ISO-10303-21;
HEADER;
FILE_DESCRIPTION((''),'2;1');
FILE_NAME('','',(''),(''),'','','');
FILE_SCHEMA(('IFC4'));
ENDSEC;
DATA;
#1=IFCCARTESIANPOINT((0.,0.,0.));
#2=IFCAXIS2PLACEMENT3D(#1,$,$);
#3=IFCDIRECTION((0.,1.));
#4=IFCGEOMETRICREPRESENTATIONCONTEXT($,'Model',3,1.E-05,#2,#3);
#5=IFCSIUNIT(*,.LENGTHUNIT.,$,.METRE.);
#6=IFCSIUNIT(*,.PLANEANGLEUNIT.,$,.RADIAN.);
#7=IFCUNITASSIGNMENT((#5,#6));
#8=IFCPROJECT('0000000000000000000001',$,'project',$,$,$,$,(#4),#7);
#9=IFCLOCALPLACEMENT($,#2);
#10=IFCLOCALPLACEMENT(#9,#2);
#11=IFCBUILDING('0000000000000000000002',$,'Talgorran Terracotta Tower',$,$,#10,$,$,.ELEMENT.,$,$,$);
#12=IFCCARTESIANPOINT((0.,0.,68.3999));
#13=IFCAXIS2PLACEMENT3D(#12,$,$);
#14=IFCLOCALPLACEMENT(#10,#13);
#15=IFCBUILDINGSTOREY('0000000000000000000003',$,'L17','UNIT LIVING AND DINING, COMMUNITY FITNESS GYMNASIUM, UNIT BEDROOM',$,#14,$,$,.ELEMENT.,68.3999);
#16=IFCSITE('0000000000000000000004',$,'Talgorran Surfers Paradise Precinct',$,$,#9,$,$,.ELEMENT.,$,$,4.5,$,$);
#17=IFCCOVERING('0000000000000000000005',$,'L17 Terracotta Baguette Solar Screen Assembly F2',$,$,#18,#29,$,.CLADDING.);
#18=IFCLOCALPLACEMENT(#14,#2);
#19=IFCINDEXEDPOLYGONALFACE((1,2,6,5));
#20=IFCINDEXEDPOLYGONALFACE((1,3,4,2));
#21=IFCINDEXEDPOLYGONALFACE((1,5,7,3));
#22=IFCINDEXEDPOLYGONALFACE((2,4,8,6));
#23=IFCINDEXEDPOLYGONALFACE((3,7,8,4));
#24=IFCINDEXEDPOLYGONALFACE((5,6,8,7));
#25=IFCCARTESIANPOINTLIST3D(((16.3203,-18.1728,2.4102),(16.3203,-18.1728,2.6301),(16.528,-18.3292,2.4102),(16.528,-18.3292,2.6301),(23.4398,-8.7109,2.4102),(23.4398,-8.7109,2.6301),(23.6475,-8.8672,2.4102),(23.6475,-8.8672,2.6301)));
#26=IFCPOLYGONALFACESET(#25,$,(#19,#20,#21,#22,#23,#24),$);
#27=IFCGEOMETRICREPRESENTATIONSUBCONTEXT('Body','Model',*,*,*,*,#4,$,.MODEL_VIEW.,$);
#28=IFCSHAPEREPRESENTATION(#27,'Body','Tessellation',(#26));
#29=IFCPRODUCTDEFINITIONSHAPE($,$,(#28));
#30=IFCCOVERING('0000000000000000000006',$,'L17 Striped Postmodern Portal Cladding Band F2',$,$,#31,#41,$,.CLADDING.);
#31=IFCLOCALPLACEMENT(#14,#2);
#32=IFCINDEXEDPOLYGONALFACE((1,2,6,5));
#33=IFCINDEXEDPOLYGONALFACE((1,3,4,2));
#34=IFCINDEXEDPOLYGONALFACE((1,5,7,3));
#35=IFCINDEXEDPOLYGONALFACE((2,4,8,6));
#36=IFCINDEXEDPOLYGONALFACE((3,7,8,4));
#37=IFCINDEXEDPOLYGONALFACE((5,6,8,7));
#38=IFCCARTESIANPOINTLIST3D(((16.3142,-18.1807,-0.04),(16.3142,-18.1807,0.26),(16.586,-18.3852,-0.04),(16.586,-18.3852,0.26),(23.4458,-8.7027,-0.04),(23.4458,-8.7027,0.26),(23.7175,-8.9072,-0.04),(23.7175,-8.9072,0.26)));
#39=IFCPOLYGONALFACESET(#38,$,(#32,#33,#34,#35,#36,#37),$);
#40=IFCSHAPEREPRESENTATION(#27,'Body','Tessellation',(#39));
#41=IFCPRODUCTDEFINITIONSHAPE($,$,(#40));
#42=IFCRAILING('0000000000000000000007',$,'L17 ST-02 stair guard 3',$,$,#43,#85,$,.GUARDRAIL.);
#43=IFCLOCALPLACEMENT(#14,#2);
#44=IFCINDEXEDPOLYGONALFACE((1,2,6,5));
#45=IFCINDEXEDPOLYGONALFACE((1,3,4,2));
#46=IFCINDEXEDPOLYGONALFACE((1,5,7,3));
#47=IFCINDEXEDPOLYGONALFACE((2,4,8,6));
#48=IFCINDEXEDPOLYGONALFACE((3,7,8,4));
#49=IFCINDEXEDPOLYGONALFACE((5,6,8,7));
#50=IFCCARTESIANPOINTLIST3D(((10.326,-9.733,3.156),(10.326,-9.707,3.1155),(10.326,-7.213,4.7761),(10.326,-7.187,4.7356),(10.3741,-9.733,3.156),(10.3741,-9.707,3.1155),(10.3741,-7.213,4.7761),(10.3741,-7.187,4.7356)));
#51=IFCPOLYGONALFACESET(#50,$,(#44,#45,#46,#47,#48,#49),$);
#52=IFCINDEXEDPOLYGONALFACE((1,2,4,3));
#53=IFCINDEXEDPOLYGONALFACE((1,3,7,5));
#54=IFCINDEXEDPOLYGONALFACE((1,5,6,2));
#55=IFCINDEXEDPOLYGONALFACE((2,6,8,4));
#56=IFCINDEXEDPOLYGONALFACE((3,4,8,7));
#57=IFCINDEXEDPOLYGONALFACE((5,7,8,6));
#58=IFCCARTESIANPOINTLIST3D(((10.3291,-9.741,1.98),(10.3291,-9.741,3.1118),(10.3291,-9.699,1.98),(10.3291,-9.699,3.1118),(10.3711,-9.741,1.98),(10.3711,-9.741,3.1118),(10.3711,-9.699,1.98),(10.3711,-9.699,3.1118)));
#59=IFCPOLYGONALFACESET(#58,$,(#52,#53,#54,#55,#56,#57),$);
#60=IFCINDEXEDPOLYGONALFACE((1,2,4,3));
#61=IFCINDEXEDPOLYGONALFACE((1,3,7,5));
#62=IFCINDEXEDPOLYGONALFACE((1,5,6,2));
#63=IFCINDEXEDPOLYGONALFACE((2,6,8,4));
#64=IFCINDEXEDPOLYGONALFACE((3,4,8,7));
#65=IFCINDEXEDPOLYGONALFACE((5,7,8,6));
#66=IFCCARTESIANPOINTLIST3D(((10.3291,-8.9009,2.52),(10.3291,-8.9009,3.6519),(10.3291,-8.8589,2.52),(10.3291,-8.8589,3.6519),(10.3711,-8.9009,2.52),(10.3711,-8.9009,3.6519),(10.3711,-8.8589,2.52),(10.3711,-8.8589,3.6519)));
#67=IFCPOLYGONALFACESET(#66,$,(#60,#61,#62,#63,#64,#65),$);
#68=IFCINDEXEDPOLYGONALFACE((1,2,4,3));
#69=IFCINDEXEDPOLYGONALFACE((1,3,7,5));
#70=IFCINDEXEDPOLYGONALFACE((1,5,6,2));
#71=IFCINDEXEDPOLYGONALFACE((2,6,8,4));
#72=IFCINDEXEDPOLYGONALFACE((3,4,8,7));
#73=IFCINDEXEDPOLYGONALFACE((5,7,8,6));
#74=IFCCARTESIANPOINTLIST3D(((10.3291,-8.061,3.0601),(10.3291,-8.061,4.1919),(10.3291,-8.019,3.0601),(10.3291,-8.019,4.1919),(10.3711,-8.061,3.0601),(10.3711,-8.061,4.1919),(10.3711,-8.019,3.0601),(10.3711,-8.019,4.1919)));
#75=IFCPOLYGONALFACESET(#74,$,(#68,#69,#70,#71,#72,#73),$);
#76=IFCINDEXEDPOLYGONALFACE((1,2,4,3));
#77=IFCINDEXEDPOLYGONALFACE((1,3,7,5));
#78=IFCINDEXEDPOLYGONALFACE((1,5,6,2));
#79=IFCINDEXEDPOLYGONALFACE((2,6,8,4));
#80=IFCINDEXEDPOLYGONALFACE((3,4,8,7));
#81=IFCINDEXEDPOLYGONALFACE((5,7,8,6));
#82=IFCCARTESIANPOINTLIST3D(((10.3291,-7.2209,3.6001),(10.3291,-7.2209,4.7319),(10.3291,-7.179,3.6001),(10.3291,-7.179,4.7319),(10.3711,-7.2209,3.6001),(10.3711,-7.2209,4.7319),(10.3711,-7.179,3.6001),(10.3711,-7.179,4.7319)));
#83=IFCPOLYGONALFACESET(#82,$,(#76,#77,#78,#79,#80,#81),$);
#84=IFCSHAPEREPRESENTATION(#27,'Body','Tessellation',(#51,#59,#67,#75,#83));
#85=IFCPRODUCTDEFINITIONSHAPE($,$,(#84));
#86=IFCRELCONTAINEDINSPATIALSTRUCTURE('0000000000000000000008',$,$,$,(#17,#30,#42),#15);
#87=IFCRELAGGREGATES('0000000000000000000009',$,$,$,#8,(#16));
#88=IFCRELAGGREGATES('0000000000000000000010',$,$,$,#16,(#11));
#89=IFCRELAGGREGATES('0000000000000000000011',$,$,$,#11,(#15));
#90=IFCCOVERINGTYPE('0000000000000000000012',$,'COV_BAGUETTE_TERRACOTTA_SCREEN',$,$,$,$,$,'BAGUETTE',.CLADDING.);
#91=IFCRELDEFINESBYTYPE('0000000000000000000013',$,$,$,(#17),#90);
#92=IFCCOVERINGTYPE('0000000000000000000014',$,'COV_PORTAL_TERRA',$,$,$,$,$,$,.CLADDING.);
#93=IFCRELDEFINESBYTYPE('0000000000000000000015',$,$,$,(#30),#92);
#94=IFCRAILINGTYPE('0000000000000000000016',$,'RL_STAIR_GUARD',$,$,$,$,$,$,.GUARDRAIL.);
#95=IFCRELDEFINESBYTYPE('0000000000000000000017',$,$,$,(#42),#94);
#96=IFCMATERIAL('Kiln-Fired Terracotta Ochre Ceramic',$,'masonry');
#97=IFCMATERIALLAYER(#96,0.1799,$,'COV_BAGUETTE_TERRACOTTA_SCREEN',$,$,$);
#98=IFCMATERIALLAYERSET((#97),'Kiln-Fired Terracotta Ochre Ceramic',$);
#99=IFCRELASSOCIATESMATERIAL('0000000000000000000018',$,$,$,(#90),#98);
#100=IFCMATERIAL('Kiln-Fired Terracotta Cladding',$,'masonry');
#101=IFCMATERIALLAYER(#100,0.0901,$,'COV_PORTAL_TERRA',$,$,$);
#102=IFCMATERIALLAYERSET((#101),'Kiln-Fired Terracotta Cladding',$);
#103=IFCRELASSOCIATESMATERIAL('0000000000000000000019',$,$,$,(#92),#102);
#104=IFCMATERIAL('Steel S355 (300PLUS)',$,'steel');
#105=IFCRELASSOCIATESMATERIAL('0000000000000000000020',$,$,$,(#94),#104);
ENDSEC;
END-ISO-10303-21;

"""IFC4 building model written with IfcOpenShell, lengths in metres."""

from ifc_helpers import new_model, si_unit, direction, frame, origin, origin_2d, place, context, subcontext, project, spatial, rectangle, extrude, material, layer, layer_set, type_object, element, save


model = new_model("IFC4")

# Units and contexts
model_context = context("Model", 3, precision=1e-05, world=origin(), true_north=direction((0.0, 1.0)))
body_context = subcontext(model_context, "Body", "Model", "MODEL_VIEW")
ifc_project = project(units=[si_unit("LENGTHUNIT", "METRE"), si_unit("PLANEANGLEUNIT", "RADIAN")], contexts=[model_context])

# Site, building, storey
site_placement = place(None, origin())
site = spatial("IfcSite", under=ifc_project, at=site_placement, Name="Talgorran Surfers Paradise Precinct", CompositionType="ELEMENT", RefElevation=4.5)
building_placement = place(site_placement, origin())
building = spatial("IfcBuilding", under=site, at=building_placement, Name="Talgorran Terracotta Tower", CompositionType="ELEMENT")
storey_placement = place(building_placement, frame((0.0, 0.0, 68.3999)))
storey = spatial("IfcBuildingStorey", under=building, at=storey_placement, Name="L17", Description="UNIT LIVING AND DINING, COMMUNITY FITNESS GYMNASIUM, UNIT BEDROOM", CompositionType="ELEMENT", Elevation=68.3999)

# Shared definitions
ifc_material_1 = material(Name="Steel S355 (300PLUS)", Category="steel")

# Coverings
ifc_material_2 = material(Name="Kiln-Fired Terracotta Ochre Ceramic", Category="masonry")
ifc_layer_1 = layer(ifc_material_2, 0.1799, Name="COV_BAGUETTE_TERRACOTTA_SCREEN")
ifc_layer_set_1 = layer_set([ifc_layer_1], Name="Kiln-Fired Terracotta Ochre Ceramic")
covering_type_1 = type_object("IfcCoveringType", Name="COV_BAGUETTE_TERRACOTTA_SCREEN", ElementType="BAGUETTE", PredefinedType="CLADDING", material=ifc_layer_set_1)
covering_1_placement = place(storey_placement, frame((19.9839, -13.52, 2.4102), z_axis=(0.0, 0.0, 1.0), x_axis=(0.601243, 0.799066, 0.0)))
element("IfcCovering", 1, at=covering_1_placement, inside=storey, type_object=covering_type_1, Name="L17 Terracotta Baguette Solar Screen Assembly F2", PredefinedType="CLADDING", context=body_context, shape_type="SweptSolid", body=[
    extrude(rectangle(XDim=11.8413, YDim=0.26, at=origin_2d()), origin(), (0.0, 0.0, 1.0), 0.22),
])
ifc_material_3 = material(Name="Kiln-Fired Terracotta Cladding", Category="masonry")
ifc_layer_2 = layer(ifc_material_3, 0.0901, Name="COV_PORTAL_TERRA")
ifc_layer_set_2 = layer_set([ifc_layer_2], Name="Kiln-Fired Terracotta Cladding")
covering_type_2 = type_object("IfcCoveringType", Name="COV_PORTAL_TERRA", PredefinedType="CLADDING", material=ifc_layer_set_2)
covering_2_placement = place(storey_placement, frame((20.0159, -13.5439, -0.04), z_axis=(0.0, 0.0, 1.0), x_axis=(0.601243, 0.799066, 0.0)))
element("IfcCovering", 2, at=covering_2_placement, inside=storey, type_object=covering_type_2, Name="L17 Striped Postmodern Portal Cladding Band F2", PredefinedType="CLADDING", context=body_context, shape_type="SweptSolid", body=[
    extrude(rectangle(XDim=11.8613, YDim=0.3401, at=origin_2d()), origin(), (0.0, 0.0, 1.0), 0.3),
])

# Railing
railing_type = type_object("IfcRailingType", Name="RL_STAIR_GUARD", PredefinedType="GUARDRAIL", material=ifc_material_1)
railing_placement = place(storey_placement, frame((10.3501, -9.72, 1.98)))
element("IfcRailing", 3, at=railing_placement, inside=storey, type_object=railing_type, Name="L17 ST-02 stair guard 3", PredefinedType="GUARDRAIL", context=body_context, shape_type="SweptSolid", body=[
    extrude(rectangle(XDim=0.0481, YDim=0.0481, at=origin_2d()), frame((0.0, 0.0, 1.1558), z_axis=(0.0, 0.841163, 0.540782), x_axis=(-1.0, 0.0, 0.0)), (0.0, 0.0, 1.0), 2.9958),
    extrude(rectangle(XDim=0.042, YDim=0.042, at=origin_2d()), origin(), (0.0, 0.0, 1.0), 1.1318),
    extrude(rectangle(XDim=0.042, YDim=0.042, at=origin_2d()), frame((0.0, 0.8401, 0.54)), (0.0, 0.0, 1.0), 1.1318),
    extrude(rectangle(XDim=0.042, YDim=0.042, at=origin_2d()), frame((0.0, 1.6799, 1.0801)), (0.0, 0.0, 1.0), 1.1318),
    extrude(rectangle(XDim=0.042, YDim=0.042, at=origin_2d()), frame((0.0, 2.52, 1.6201)), (0.0, 0.0, 1.0), 1.1318),
])

save(model, "model.ifc")
